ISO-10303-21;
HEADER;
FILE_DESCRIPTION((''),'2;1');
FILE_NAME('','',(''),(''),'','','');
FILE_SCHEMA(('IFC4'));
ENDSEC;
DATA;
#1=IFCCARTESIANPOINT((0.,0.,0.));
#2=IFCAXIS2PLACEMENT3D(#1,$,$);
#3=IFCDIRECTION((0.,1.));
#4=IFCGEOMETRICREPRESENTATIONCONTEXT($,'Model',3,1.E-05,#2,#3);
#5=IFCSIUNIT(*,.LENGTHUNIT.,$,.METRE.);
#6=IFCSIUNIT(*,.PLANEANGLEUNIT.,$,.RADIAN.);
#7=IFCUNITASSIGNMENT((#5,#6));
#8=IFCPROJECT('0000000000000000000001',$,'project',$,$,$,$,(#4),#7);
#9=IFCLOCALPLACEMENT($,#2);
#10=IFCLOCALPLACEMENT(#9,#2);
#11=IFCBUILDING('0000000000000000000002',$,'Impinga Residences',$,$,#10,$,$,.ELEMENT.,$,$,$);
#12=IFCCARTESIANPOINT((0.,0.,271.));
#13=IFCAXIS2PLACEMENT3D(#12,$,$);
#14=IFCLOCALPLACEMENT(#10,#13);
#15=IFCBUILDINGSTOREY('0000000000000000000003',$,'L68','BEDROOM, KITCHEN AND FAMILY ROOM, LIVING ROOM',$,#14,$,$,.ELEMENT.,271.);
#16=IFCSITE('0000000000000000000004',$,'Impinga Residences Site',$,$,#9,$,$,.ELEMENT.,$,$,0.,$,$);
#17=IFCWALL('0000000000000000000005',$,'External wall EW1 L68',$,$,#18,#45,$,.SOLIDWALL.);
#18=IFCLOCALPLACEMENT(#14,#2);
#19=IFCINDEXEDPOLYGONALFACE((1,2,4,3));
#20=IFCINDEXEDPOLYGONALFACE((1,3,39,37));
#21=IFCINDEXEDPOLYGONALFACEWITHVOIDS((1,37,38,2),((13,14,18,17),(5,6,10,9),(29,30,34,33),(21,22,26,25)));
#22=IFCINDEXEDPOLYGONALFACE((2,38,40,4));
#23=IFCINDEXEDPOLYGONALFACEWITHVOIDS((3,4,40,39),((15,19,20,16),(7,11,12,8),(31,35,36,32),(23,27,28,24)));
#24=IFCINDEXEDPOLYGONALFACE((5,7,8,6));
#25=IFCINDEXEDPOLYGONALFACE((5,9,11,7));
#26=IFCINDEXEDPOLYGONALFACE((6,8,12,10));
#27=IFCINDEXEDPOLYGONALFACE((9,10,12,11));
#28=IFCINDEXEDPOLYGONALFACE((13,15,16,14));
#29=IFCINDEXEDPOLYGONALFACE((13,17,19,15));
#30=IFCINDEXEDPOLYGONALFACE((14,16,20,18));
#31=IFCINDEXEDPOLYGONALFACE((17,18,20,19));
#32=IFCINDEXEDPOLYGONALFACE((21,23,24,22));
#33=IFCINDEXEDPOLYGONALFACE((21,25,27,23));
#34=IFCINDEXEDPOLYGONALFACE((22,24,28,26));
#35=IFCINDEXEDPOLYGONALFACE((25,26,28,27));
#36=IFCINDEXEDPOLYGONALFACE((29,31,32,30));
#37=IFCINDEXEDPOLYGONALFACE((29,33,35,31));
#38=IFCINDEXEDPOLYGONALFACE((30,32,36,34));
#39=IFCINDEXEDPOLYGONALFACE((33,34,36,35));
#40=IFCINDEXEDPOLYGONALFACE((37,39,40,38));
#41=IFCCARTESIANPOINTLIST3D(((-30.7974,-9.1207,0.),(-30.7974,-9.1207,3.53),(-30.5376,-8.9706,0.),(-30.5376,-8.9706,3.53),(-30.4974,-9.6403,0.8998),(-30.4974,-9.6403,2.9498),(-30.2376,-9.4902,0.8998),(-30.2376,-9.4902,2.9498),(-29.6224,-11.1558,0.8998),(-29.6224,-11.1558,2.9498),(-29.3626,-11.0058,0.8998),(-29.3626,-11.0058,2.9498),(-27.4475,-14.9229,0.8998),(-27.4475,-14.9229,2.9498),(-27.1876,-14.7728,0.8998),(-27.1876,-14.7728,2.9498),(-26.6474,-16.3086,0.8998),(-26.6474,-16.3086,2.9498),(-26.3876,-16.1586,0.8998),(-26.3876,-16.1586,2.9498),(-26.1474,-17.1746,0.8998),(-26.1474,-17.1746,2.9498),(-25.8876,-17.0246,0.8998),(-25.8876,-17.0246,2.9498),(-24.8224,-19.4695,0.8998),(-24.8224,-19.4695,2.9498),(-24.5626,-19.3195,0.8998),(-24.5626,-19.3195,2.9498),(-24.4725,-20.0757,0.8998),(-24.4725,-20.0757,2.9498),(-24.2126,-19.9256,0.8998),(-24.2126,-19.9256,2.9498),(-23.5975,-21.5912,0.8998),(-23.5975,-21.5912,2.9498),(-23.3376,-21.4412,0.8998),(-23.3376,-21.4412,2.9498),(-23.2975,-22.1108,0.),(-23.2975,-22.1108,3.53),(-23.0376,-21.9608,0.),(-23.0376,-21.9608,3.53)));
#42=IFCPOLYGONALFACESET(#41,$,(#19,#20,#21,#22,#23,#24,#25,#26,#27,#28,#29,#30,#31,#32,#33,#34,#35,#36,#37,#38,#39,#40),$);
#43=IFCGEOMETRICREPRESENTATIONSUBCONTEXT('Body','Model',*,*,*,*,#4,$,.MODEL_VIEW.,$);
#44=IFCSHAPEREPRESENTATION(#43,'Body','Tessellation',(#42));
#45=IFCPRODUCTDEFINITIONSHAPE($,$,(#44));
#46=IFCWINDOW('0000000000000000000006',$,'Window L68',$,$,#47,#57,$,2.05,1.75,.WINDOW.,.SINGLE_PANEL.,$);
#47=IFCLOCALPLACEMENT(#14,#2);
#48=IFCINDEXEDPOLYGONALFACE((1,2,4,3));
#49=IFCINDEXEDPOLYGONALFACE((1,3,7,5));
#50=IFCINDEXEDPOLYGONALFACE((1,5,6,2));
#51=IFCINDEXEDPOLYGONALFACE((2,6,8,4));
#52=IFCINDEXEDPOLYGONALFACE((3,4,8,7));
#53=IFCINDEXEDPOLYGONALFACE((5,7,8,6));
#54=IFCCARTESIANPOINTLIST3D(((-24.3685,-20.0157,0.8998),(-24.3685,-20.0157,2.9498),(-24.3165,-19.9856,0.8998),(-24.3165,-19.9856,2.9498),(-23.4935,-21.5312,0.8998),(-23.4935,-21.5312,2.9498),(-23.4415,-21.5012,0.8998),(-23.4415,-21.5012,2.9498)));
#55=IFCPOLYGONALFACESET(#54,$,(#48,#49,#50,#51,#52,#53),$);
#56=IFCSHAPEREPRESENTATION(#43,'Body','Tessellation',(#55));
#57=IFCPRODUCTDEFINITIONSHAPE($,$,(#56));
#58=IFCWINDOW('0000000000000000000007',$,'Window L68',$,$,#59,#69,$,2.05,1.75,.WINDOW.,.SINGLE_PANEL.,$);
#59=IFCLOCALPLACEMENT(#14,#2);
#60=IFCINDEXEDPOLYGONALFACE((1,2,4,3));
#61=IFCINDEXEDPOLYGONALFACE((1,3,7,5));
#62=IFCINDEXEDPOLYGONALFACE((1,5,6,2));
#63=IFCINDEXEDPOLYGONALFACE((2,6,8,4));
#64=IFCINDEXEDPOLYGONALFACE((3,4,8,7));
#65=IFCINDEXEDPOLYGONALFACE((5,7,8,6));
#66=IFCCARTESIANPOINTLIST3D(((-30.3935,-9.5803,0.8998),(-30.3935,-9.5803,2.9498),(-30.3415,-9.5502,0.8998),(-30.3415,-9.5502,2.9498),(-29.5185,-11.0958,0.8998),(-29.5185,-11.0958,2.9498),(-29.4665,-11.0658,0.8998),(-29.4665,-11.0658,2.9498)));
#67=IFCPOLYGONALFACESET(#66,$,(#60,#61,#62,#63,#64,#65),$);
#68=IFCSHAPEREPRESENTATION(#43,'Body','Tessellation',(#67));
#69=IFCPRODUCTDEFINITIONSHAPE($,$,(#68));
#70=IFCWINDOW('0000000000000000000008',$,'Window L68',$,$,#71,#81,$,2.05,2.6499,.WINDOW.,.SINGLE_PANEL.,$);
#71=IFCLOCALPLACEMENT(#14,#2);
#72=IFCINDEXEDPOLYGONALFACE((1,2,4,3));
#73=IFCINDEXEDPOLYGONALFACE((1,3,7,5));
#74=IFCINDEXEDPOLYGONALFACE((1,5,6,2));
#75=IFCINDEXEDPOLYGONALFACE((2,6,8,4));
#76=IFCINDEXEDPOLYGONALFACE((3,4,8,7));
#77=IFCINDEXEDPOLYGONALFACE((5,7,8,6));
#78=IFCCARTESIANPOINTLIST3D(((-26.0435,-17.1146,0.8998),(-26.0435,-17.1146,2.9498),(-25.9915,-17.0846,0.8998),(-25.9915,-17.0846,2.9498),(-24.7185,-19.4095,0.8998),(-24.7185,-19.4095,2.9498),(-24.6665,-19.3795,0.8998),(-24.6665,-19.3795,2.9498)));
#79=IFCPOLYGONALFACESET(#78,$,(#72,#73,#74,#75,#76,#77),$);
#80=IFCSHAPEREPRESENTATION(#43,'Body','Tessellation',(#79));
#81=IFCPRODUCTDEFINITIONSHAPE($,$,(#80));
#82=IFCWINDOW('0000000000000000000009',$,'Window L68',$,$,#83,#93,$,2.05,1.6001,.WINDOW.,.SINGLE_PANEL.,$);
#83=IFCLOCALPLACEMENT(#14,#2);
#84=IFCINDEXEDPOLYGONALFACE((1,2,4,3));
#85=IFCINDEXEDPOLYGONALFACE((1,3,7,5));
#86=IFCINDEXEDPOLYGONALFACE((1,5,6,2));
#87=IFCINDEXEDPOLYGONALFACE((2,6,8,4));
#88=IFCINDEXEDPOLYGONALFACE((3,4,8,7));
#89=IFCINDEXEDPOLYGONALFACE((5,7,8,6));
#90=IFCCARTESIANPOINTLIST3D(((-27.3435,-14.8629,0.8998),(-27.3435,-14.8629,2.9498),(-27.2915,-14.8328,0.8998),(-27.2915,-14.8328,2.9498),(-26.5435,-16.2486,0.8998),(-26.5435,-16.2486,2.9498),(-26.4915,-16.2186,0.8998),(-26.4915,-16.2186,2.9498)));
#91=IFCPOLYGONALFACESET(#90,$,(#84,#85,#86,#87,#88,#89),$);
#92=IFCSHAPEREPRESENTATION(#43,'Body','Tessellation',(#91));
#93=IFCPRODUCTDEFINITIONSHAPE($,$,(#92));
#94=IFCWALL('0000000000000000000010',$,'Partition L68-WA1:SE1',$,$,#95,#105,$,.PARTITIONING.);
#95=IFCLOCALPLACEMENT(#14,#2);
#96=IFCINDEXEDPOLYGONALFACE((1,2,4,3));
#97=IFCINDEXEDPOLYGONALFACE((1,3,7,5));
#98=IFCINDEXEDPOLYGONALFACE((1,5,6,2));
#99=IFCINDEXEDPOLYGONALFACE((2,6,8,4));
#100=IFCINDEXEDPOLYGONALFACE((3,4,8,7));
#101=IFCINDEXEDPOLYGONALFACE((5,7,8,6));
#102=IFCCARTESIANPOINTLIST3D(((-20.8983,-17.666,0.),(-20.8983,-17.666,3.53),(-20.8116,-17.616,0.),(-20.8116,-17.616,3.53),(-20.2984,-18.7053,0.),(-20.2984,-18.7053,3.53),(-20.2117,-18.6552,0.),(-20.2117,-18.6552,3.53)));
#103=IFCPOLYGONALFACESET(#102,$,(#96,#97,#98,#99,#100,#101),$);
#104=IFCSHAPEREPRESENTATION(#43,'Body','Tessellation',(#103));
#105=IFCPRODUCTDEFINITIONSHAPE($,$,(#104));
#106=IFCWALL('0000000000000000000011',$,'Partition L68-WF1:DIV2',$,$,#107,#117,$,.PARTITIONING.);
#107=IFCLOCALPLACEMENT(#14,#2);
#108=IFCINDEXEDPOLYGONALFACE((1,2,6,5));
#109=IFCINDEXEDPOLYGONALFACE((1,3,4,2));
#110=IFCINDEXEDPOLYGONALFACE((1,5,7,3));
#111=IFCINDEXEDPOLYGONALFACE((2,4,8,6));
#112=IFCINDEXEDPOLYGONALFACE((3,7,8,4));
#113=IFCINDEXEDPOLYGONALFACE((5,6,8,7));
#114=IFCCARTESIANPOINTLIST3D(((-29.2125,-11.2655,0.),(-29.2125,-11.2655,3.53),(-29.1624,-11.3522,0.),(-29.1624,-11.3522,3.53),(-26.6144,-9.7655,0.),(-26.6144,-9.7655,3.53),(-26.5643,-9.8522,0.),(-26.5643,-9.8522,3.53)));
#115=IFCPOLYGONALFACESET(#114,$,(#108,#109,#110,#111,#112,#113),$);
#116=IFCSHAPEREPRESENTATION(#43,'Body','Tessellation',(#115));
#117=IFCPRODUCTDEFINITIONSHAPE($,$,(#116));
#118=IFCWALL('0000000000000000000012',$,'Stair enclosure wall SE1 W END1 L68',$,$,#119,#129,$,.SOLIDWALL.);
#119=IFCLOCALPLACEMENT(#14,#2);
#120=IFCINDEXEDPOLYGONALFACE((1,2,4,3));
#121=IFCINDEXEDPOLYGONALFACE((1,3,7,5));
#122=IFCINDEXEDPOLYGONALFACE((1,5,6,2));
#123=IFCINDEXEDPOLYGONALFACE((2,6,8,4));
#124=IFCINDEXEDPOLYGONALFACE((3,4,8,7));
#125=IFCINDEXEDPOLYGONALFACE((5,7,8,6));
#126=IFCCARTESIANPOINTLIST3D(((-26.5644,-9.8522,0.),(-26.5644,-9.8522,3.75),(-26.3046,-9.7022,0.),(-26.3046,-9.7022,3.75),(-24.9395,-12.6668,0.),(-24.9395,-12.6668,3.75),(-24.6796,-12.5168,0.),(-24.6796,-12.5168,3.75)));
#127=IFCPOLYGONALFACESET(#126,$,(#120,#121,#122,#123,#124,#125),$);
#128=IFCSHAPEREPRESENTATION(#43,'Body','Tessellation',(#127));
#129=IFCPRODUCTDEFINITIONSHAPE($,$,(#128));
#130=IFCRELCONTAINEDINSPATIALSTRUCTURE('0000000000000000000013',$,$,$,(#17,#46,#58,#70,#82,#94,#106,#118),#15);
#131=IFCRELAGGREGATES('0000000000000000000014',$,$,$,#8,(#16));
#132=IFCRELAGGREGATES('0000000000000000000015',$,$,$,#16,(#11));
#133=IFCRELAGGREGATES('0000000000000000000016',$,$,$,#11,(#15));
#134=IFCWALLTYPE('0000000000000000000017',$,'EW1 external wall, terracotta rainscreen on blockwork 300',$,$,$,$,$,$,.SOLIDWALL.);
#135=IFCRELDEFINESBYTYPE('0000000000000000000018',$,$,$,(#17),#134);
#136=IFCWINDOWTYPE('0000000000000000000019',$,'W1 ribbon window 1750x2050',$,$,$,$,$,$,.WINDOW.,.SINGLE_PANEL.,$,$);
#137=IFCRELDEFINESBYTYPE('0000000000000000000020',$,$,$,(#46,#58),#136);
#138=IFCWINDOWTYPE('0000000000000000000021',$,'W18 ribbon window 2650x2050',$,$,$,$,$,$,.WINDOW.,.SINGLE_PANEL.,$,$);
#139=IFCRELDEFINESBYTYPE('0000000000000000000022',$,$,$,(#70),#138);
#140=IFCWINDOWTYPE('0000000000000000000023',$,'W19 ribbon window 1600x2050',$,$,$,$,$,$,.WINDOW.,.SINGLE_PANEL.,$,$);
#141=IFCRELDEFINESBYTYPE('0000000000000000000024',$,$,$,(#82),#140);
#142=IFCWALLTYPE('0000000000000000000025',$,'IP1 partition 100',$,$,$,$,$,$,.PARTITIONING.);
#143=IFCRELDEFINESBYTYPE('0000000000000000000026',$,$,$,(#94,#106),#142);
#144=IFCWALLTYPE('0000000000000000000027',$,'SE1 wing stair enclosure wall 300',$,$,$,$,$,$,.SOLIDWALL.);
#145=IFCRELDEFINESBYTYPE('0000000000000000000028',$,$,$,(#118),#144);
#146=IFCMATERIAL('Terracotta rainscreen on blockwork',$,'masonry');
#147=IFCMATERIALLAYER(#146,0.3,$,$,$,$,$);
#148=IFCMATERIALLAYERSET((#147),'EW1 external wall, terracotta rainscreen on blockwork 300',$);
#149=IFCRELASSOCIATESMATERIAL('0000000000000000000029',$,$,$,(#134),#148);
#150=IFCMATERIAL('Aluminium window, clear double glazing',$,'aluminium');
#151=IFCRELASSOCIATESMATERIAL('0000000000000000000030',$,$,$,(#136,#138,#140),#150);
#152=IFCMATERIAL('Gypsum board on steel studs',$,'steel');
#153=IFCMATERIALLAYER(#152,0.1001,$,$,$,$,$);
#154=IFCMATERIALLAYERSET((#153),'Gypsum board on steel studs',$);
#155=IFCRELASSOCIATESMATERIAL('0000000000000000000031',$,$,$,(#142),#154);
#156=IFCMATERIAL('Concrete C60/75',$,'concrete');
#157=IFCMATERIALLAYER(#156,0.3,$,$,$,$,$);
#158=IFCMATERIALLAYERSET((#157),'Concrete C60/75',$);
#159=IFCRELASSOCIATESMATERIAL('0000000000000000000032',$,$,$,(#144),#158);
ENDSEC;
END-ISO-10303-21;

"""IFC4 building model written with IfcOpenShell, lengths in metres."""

from ifc_helpers import new_model, si_unit, direction, frame, frame_2d, origin, place, context, subcontext, project, spatial, rectangle, extrude, material, layer, layer_set, type_object, element, fill, save


model = new_model("IFC4")

# Units and contexts
model_context = context("Model", 3, precision=1e-05, world=origin(), true_north=direction((0.0, 1.0)))
body_context = subcontext(model_context, "Body", "Model", "MODEL_VIEW")
ifc_project = project(units=[si_unit("LENGTHUNIT", "METRE"), si_unit("PLANEANGLEUNIT", "RADIAN")], contexts=[model_context])

# Site, building, storey
site_placement = place(None, origin())
site = spatial("IfcSite", under=ifc_project, at=site_placement, Name="Impinga Residences Site", CompositionType="ELEMENT", RefElevation=0.0)
building_placement = place(site_placement, origin())
building = spatial("IfcBuilding", under=site, at=building_placement, Name="Impinga Residences", CompositionType="ELEMENT")
storey_placement = place(building_placement, frame((0.0, 0.0, 271.0)))
storey = spatial("IfcBuildingStorey", under=building, at=storey_placement, Name="L68", Description="BEDROOM, KITCHEN AND FAMILY ROOM, LIVING ROOM", CompositionType="ELEMENT", Elevation=271.0)

# Shared definitions
ifc_material_1 = material(Name="Concrete C60/75", Category="concrete")

# Shared definitions
ifc_material_2 = material(Name="Terracotta rainscreen on blockwork", Category="masonry")
ifc_layer_1 = layer(ifc_material_2, 0.3)
ifc_layer_set_1 = layer_set([ifc_layer_1], Name="EW1 external wall, terracotta rainscreen on blockwork 300")
wall_type_1 = type_object("IfcWallType", Name="EW1 external wall, terracotta rainscreen on blockwork 300", PredefinedType="SOLIDWALL", material=ifc_layer_set_1)

# Wall, openings, windows
wall_1_placement = place(storey_placement, frame((-23.1675, -22.0359, 0.0), z_axis=(0.0, 0.0, 1.0), x_axis=(-0.500004, 0.866023, 0.0)))
wall_1 = element("IfcWall", 1, at=wall_1_placement, inside=storey, type_object=wall_type_1, Name="External wall EW1 L68", PredefinedType="SOLIDWALL", context=body_context, shape_type="SweptSolid", body=[
    extrude(rectangle(XDim=14.9998, YDim=0.3, at=frame_2d((7.5, 0.0))), origin(), (0.0, 0.0, 1.0), 3.53),
])
opening_1_placement = place(wall_1_placement, frame((0.6001, 0.0, 0.8999)))
opening_1 = element("IfcOpeningElement", 2, at=opening_1_placement, cuts=wall_1, PredefinedType="OPENING", context=body_context, shape_type="SweptSolid", body=[
    extrude(rectangle(XDim=1.75, YDim=2.05, at=frame_2d((0.875, 1.0249))), frame((0.0, 0.1599, 0.0), z_axis=(0.0, -1.0, 0.0), x_axis=(1.0, 0.0, 0.0)), (0.0, 0.0, 1.0), 0.3201),
])
opening_2_placement = place(wall_1_placement, frame((3.05, 0.0, 0.8999)))
opening_2 = element("IfcOpeningElement", 3, at=opening_2_placement, cuts=wall_1, PredefinedType="OPENING", context=body_context, shape_type="SweptSolid", body=[
    extrude(rectangle(XDim=2.6499, YDim=2.05, at=frame_2d((1.325, 1.0249))), frame((0.0, 0.1599, 0.0), z_axis=(0.0, -1.0, 0.0), x_axis=(1.0, 0.0, 0.0)), (0.0, 0.0, 1.0), 0.3201),
])
opening_3_placement = place(wall_1_placement, frame((6.7, 0.0, 0.8999)))
opening_3 = element("IfcOpeningElement", 4, at=opening_3_placement, cuts=wall_1, PredefinedType="OPENING", context=body_context, shape_type="SweptSolid", body=[
    extrude(rectangle(XDim=1.6001, YDim=2.05, at=frame_2d((0.8, 1.0249))), frame((0.0, 0.1599, 0.0), z_axis=(0.0, -1.0, 0.0), x_axis=(1.0, 0.0, 0.0)), (0.0, 0.0, 1.0), 0.3201),
])
opening_4_placement = place(wall_1_placement, frame((12.6499, 0.0, 0.8999)))
opening_4 = element("IfcOpeningElement", 5, at=opening_4_placement, cuts=wall_1, PredefinedType="OPENING", context=body_context, shape_type="SweptSolid", body=[
    extrude(rectangle(XDim=1.75, YDim=2.05, at=frame_2d((0.875, 1.0249))), frame((0.0, 0.1599, 0.0), z_axis=(0.0, -1.0, 0.0), x_axis=(1.0, 0.0, 0.0)), (0.0, 0.0, 1.0), 0.3201),
])
ifc_material_3 = material(Name="Aluminium window, clear double glazing", Category="aluminium")
window_type_1 = type_object("IfcWindowType", Name="W1 ribbon window 1750x2050", PartitioningType="SINGLE_PANEL", PredefinedType="WINDOW", material=ifc_material_3)
window_1_placement = place(opening_1_placement, origin())
window_1 = element("IfcWindow", 6, at=window_1_placement, inside=storey, type_object=window_type_1, Name="Window L68", OverallHeight=2.05, OverallWidth=1.75, PartitioningType="SINGLE_PANEL", PredefinedType="WINDOW", context=body_context, shape_type="SweptSolid", body=[
    extrude(rectangle(XDim=1.75, YDim=2.05, at=frame_2d((0.875, 1.0249))), frame((0.0, 0.03, 0.0), z_axis=(0.0, -1.0, 0.0), x_axis=(1.0, 0.0, 0.0)), (0.0, 0.0, 1.0), 0.0601),
])
fill(opening_1, window_1)
window_2_placement = place(opening_4_placement, origin())
window_2 = element("IfcWindow", 7, at=window_2_placement, inside=storey, type_object=window_type_1, Name="Window L68", OverallHeight=2.05, OverallWidth=1.75, PartitioningType="SINGLE_PANEL", PredefinedType="WINDOW", context=body_context, shape_type="SweptSolid", body=[
    extrude(rectangle(XDim=1.75, YDim=2.05, at=frame_2d((0.875, 1.0249))), frame((0.0, 0.03, 0.0), z_axis=(0.0, -1.0, 0.0), x_axis=(1.0, 0.0, 0.0)), (0.0, 0.0, 1.0), 0.0601),
])
fill(opening_4, window_2)
window_type_2 = type_object("IfcWindowType", Name="W18 ribbon window 2650x2050", PartitioningType="SINGLE_PANEL", PredefinedType="WINDOW", material=ifc_material_3)
window_3_placement = place(opening_2_placement, origin())
window_3 = element("IfcWindow", 8, at=window_3_placement, inside=storey, type_object=window_type_2, Name="Window L68", OverallHeight=2.05, OverallWidth=2.6499, PartitioningType="SINGLE_PANEL", PredefinedType="WINDOW", context=body_context, shape_type="SweptSolid", body=[
    extrude(rectangle(XDim=2.6499, YDim=2.05, at=frame_2d((1.325, 1.0249))), frame((0.0, 0.03, 0.0), z_axis=(0.0, -1.0, 0.0), x_axis=(1.0, 0.0, 0.0)), (0.0, 0.0, 1.0), 0.0601),
])
fill(opening_2, window_3)
window_type_3 = type_object("IfcWindowType", Name="W19 ribbon window 1600x2050", PartitioningType="SINGLE_PANEL", PredefinedType="WINDOW", material=ifc_material_3)
window_4_placement = place(opening_3_placement, origin())
window_4 = element("IfcWindow", 9, at=window_4_placement, inside=storey, type_object=window_type_3, Name="Window L68", OverallHeight=2.05, OverallWidth=1.6001, PartitioningType="SINGLE_PANEL", PredefinedType="WINDOW", context=body_context, shape_type="SweptSolid", body=[
    extrude(rectangle(XDim=1.6001, YDim=2.05, at=frame_2d((0.8, 1.0249))), frame((0.0, 0.03, 0.0), z_axis=(0.0, -1.0, 0.0), x_axis=(1.0, 0.0, 0.0)), (0.0, 0.0, 1.0), 0.0601),
])
fill(opening_3, window_4)

# Walls
ifc_material_4 = material(Name="Gypsum board on steel studs", Category="steel")
ifc_layer_2 = layer(ifc_material_4, 0.1001)
ifc_layer_set_2 = layer_set([ifc_layer_2], Name="Gypsum board on steel studs")
wall_type_2 = type_object("IfcWallType", Name="IP1 partition 100", PredefinedType="PARTITIONING", material=ifc_layer_set_2)
wall_2_placement = place(storey_placement, frame((-20.855, -17.6409, 0.0), z_axis=(0.0, 0.0, 1.0), x_axis=(0.499881, -0.866094, 0.0)))
element("IfcWall", 10, at=wall_2_placement, inside=storey, type_object=wall_type_2, Name="Partition L68-WA1:SE1", PredefinedType="PARTITIONING", context=body_context, shape_type="SweptSolid", body=[
    extrude(rectangle(XDim=1.2, YDim=0.1001, at=frame_2d((0.6001, 0.0))), origin(), (0.0, 0.0, 1.0), 3.53),
])
wall_3_placement = place(storey_placement, frame((-26.5894, -9.8088, 0.0), z_axis=(0.0, 0.0, 1.0), x_axis=(-0.866031, -0.49999, 0.0)))
element("IfcWall", 11, at=wall_3_placement, inside=storey, type_object=wall_type_2, Name="Partition L68-WF1:DIV2", PredefinedType="PARTITIONING", context=body_context, shape_type="SweptSolid", body=[
    extrude(rectangle(XDim=3.0, YDim=0.1001, at=frame_2d((1.5, 0.0))), origin(), (0.0, 0.0, 1.0), 3.53),
])
ifc_layer_3 = layer(ifc_material_1, 0.3)
ifc_layer_set_3 = layer_set([ifc_layer_3], Name="Concrete C60/75")
wall_type_3 = type_object("IfcWallType", Name="SE1 wing stair enclosure wall 300", PredefinedType="SOLIDWALL", material=ifc_layer_set_3)
wall_4_placement = place(storey_placement, frame((-24.8096, -12.5918, 0.0), z_axis=(0.0, 0.0, 1.0), x_axis=(-0.499985, 0.866034, 0.0)))
element("IfcWall", 12, at=wall_4_placement, inside=storey, type_object=wall_type_3, Name="Stair enclosure wall SE1 W END1 L68", PredefinedType="SOLIDWALL", context=body_context, shape_type="SweptSolid", body=[
    extrude(rectangle(XDim=3.25, YDim=0.3, at=frame_2d((1.625, 0.0))), origin(), (0.0, 0.0, 1.0), 3.75),
])

save(model, "model.ifc")
